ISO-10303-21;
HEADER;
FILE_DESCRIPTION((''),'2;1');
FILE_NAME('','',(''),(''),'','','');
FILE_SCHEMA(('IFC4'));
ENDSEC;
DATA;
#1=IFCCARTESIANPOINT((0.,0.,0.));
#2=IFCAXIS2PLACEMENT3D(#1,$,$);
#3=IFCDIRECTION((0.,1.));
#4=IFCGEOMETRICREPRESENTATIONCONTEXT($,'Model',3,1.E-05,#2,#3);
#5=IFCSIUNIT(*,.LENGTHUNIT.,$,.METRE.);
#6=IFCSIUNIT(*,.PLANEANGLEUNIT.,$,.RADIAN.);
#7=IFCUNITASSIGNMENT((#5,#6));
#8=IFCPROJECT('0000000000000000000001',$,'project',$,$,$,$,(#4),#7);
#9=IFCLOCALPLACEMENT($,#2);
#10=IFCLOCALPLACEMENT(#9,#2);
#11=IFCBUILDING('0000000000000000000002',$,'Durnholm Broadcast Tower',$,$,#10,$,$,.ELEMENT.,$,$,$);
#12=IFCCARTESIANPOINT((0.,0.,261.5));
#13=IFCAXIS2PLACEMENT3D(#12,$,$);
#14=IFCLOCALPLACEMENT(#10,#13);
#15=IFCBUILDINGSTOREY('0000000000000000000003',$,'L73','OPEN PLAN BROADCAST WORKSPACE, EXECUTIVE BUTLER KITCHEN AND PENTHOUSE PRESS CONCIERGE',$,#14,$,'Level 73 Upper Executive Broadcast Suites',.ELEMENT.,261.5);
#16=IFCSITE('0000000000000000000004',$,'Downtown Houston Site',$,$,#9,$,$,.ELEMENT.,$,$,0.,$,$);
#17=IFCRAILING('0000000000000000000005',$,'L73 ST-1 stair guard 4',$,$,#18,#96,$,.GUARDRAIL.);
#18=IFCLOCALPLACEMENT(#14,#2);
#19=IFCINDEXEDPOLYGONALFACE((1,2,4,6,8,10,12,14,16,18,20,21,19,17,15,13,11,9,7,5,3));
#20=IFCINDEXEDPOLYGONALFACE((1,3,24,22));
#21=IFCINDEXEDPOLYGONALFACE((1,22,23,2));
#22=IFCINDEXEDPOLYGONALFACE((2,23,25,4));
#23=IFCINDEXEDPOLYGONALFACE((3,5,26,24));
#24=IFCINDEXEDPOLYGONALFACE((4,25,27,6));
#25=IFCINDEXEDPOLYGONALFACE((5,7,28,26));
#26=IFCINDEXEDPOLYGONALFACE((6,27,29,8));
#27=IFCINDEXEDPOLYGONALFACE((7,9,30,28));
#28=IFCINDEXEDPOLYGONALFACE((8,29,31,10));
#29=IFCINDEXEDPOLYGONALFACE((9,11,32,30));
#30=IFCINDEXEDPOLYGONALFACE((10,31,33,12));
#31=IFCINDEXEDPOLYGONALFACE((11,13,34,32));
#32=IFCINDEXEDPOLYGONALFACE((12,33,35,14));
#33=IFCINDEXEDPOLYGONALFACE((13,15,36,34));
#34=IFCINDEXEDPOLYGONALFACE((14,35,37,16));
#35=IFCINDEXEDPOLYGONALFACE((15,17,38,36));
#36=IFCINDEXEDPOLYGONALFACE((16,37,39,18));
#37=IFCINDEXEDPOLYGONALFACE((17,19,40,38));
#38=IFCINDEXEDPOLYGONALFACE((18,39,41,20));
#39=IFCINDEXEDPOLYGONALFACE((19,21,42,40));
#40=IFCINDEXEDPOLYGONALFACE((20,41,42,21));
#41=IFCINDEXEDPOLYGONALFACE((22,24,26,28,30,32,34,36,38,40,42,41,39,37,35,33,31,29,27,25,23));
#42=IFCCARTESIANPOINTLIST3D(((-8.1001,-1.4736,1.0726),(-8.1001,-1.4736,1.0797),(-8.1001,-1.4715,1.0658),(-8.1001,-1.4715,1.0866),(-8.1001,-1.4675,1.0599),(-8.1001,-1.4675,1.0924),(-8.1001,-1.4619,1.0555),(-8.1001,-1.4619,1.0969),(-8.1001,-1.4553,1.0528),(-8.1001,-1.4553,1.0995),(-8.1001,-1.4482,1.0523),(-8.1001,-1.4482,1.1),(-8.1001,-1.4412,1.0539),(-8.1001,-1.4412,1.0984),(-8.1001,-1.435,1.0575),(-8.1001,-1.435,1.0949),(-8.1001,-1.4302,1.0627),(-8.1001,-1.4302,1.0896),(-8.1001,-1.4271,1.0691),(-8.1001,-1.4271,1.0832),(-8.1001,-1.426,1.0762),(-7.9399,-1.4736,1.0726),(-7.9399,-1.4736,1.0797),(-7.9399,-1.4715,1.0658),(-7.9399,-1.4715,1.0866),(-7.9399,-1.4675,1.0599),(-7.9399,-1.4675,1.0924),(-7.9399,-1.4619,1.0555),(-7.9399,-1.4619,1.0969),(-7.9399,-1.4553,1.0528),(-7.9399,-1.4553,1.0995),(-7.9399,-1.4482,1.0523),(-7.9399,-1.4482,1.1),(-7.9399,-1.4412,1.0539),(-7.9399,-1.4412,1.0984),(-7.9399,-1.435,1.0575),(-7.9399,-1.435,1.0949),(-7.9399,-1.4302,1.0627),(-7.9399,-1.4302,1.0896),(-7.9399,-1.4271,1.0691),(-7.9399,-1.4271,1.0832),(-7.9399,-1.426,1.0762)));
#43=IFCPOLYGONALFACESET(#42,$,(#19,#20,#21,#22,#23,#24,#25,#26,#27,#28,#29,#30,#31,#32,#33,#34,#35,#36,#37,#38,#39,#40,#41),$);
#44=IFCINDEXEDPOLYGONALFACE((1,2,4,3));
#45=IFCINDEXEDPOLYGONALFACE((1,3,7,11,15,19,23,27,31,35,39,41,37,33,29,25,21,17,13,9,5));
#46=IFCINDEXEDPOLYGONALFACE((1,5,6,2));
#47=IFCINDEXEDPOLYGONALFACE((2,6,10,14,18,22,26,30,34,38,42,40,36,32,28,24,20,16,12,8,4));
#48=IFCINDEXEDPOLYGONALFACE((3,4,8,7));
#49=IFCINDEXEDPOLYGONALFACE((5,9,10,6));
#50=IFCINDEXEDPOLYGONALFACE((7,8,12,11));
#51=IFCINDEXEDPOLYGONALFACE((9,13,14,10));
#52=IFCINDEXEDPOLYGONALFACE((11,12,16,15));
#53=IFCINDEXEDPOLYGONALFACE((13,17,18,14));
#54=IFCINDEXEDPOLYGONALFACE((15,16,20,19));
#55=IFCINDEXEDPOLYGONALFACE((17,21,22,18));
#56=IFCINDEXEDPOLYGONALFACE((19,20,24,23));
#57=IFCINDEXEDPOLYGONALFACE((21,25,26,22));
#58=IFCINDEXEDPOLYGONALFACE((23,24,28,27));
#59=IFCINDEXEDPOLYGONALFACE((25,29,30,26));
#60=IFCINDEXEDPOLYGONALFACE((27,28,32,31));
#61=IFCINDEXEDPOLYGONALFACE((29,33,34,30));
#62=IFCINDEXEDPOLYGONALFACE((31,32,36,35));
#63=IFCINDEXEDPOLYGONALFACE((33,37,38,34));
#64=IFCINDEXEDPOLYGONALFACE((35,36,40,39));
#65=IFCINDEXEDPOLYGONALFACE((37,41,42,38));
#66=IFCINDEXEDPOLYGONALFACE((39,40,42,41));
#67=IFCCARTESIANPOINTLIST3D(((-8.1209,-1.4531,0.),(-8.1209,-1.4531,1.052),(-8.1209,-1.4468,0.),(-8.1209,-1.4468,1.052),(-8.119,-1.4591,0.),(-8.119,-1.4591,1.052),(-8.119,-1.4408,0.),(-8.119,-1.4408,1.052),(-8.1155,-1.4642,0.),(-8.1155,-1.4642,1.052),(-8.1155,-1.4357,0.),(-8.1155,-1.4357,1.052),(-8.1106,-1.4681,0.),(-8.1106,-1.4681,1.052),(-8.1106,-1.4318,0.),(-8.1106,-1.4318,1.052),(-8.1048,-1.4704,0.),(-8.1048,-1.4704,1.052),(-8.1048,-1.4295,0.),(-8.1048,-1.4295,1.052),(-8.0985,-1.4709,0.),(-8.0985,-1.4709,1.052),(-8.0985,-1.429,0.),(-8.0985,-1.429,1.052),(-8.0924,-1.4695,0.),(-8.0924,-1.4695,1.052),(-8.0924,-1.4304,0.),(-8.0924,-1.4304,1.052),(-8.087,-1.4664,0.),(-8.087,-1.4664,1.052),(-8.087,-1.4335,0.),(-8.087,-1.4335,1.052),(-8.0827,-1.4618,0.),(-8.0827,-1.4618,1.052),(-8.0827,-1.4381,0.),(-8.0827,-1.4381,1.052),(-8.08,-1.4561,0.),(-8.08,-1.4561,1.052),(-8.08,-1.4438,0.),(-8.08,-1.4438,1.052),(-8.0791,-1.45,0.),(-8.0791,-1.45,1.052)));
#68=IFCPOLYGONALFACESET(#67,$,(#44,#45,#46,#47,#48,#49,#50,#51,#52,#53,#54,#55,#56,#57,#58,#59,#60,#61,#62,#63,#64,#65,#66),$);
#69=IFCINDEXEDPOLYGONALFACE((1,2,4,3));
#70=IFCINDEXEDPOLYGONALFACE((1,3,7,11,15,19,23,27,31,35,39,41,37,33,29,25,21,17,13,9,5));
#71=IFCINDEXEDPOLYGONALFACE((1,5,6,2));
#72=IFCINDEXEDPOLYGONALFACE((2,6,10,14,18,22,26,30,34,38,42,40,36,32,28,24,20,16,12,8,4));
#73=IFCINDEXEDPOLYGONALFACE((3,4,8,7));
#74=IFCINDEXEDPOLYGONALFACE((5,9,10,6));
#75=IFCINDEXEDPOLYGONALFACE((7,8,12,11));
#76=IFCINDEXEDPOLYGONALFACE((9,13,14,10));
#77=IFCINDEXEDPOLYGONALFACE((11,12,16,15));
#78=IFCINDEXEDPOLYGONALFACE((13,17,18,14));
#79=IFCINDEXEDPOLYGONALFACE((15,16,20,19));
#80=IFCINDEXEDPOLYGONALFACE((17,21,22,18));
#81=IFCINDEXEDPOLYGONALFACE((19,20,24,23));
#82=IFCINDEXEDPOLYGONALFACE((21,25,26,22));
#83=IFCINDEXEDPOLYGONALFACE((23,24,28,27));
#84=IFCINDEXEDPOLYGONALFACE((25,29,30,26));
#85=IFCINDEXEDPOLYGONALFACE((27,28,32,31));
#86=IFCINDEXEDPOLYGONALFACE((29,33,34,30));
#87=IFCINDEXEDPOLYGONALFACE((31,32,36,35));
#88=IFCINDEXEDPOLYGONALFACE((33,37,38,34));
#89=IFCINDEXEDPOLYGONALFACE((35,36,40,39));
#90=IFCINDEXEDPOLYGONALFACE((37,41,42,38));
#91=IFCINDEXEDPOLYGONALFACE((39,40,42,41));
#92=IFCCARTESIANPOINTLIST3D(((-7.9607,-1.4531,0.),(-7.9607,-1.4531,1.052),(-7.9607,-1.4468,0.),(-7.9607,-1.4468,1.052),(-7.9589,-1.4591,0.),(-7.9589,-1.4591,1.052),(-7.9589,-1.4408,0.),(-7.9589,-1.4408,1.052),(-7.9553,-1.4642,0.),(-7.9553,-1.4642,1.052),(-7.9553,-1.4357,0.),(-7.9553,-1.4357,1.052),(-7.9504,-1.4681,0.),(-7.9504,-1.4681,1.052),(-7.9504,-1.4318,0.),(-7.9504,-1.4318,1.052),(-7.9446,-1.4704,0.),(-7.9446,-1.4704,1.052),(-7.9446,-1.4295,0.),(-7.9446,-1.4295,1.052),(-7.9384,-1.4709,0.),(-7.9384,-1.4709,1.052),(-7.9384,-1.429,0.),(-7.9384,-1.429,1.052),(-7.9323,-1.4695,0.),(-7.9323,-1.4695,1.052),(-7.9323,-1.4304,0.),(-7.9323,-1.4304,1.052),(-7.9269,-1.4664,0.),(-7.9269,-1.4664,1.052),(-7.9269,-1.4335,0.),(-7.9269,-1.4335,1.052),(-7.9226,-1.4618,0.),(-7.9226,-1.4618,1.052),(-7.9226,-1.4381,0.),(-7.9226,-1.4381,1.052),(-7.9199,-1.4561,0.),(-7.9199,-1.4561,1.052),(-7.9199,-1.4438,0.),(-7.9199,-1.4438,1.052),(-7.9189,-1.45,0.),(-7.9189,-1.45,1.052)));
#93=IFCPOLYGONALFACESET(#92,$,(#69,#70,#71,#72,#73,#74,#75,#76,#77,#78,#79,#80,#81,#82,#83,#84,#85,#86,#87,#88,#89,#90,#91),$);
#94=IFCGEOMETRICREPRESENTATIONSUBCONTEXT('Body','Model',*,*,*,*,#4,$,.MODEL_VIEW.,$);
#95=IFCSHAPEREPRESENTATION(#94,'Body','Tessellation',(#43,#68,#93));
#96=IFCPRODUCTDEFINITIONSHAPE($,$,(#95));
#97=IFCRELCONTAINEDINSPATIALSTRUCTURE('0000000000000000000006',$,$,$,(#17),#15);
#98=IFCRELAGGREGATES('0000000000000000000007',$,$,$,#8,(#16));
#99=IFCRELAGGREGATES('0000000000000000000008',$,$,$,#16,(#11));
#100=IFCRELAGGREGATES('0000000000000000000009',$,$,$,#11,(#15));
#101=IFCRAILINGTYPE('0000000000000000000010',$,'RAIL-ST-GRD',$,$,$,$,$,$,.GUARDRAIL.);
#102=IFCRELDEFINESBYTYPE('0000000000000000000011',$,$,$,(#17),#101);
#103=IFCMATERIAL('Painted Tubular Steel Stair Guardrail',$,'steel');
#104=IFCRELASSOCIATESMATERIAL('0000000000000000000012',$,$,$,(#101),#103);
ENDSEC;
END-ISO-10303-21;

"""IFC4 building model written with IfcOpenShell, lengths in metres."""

from ifc_helpers import new_model, si_unit, direction, frame, origin, origin_2d, place, context, subcontext, project, spatial, circle, extrude, material, type_object, element, save


model = new_model("IFC4")

# Units and contexts
model_context = context("Model", 3, precision=1e-05, world=origin(), true_north=direction((0.0, 1.0)))
body_context = subcontext(model_context, "Body", "Model", "MODEL_VIEW")
ifc_project = project(units=[si_unit("LENGTHUNIT", "METRE"), si_unit("PLANEANGLEUNIT", "RADIAN")], contexts=[model_context])

# Site, building, storey
site_placement = place(None, origin())
site = spatial("IfcSite", under=ifc_project, at=site_placement, Name="Downtown Houston Site", CompositionType="ELEMENT", RefElevation=0.0)
building_placement = place(site_placement, origin())
building = spatial("IfcBuilding", under=site, at=building_placement, Name="Durnholm Broadcast Tower", CompositionType="ELEMENT")
storey_placement = place(building_placement, frame((0.0, 0.0, 261.5)))
storey = spatial("IfcBuildingStorey", under=building, at=storey_placement, Name="L73", Description="OPEN PLAN BROADCAST WORKSPACE, EXECUTIVE BUTLER KITCHEN AND PENTHOUSE PRESS CONCIERGE", LongName="Level 73 Upper Executive Broadcast Suites", CompositionType="ELEMENT", Elevation=261.5)

# Railing
ifc_material_1 = material(Name="Painted Tubular Steel Stair Guardrail", Category="steel")
railing_type_1 = type_object("IfcRailingType", Name="RAIL-ST-GRD", PredefinedType="GUARDRAIL", material=ifc_material_1)
railing_1_placement = place(storey_placement, frame((-8.1001, -1.45, 0.0)))
element("IfcRailing", 1, at=railing_1_placement, inside=storey, type_object=railing_type_1, Name="L73 ST-1 stair guard 4", PredefinedType="GUARDRAIL", context=body_context, shape_type="SweptSolid", body=[
    extrude(circle(Radius=0.0239, at=origin_2d()), frame((0.0, 0.0, 1.0762), z_axis=(1.0, 0.0, 0.0), x_axis=(0.0, 1.0, 0.0)), (0.0, 0.0, 1.0), 0.1602),
    extrude(circle(Radius=0.021, at=origin_2d()), origin(), (0.0, 0.0, 1.0), 1.052),
    extrude(circle(Radius=0.021, at=origin_2d()), frame((0.1602, 0.0, 0.0)), (0.0, 0.0, 1.0), 1.052),
])

save(model, "model.ifc")
